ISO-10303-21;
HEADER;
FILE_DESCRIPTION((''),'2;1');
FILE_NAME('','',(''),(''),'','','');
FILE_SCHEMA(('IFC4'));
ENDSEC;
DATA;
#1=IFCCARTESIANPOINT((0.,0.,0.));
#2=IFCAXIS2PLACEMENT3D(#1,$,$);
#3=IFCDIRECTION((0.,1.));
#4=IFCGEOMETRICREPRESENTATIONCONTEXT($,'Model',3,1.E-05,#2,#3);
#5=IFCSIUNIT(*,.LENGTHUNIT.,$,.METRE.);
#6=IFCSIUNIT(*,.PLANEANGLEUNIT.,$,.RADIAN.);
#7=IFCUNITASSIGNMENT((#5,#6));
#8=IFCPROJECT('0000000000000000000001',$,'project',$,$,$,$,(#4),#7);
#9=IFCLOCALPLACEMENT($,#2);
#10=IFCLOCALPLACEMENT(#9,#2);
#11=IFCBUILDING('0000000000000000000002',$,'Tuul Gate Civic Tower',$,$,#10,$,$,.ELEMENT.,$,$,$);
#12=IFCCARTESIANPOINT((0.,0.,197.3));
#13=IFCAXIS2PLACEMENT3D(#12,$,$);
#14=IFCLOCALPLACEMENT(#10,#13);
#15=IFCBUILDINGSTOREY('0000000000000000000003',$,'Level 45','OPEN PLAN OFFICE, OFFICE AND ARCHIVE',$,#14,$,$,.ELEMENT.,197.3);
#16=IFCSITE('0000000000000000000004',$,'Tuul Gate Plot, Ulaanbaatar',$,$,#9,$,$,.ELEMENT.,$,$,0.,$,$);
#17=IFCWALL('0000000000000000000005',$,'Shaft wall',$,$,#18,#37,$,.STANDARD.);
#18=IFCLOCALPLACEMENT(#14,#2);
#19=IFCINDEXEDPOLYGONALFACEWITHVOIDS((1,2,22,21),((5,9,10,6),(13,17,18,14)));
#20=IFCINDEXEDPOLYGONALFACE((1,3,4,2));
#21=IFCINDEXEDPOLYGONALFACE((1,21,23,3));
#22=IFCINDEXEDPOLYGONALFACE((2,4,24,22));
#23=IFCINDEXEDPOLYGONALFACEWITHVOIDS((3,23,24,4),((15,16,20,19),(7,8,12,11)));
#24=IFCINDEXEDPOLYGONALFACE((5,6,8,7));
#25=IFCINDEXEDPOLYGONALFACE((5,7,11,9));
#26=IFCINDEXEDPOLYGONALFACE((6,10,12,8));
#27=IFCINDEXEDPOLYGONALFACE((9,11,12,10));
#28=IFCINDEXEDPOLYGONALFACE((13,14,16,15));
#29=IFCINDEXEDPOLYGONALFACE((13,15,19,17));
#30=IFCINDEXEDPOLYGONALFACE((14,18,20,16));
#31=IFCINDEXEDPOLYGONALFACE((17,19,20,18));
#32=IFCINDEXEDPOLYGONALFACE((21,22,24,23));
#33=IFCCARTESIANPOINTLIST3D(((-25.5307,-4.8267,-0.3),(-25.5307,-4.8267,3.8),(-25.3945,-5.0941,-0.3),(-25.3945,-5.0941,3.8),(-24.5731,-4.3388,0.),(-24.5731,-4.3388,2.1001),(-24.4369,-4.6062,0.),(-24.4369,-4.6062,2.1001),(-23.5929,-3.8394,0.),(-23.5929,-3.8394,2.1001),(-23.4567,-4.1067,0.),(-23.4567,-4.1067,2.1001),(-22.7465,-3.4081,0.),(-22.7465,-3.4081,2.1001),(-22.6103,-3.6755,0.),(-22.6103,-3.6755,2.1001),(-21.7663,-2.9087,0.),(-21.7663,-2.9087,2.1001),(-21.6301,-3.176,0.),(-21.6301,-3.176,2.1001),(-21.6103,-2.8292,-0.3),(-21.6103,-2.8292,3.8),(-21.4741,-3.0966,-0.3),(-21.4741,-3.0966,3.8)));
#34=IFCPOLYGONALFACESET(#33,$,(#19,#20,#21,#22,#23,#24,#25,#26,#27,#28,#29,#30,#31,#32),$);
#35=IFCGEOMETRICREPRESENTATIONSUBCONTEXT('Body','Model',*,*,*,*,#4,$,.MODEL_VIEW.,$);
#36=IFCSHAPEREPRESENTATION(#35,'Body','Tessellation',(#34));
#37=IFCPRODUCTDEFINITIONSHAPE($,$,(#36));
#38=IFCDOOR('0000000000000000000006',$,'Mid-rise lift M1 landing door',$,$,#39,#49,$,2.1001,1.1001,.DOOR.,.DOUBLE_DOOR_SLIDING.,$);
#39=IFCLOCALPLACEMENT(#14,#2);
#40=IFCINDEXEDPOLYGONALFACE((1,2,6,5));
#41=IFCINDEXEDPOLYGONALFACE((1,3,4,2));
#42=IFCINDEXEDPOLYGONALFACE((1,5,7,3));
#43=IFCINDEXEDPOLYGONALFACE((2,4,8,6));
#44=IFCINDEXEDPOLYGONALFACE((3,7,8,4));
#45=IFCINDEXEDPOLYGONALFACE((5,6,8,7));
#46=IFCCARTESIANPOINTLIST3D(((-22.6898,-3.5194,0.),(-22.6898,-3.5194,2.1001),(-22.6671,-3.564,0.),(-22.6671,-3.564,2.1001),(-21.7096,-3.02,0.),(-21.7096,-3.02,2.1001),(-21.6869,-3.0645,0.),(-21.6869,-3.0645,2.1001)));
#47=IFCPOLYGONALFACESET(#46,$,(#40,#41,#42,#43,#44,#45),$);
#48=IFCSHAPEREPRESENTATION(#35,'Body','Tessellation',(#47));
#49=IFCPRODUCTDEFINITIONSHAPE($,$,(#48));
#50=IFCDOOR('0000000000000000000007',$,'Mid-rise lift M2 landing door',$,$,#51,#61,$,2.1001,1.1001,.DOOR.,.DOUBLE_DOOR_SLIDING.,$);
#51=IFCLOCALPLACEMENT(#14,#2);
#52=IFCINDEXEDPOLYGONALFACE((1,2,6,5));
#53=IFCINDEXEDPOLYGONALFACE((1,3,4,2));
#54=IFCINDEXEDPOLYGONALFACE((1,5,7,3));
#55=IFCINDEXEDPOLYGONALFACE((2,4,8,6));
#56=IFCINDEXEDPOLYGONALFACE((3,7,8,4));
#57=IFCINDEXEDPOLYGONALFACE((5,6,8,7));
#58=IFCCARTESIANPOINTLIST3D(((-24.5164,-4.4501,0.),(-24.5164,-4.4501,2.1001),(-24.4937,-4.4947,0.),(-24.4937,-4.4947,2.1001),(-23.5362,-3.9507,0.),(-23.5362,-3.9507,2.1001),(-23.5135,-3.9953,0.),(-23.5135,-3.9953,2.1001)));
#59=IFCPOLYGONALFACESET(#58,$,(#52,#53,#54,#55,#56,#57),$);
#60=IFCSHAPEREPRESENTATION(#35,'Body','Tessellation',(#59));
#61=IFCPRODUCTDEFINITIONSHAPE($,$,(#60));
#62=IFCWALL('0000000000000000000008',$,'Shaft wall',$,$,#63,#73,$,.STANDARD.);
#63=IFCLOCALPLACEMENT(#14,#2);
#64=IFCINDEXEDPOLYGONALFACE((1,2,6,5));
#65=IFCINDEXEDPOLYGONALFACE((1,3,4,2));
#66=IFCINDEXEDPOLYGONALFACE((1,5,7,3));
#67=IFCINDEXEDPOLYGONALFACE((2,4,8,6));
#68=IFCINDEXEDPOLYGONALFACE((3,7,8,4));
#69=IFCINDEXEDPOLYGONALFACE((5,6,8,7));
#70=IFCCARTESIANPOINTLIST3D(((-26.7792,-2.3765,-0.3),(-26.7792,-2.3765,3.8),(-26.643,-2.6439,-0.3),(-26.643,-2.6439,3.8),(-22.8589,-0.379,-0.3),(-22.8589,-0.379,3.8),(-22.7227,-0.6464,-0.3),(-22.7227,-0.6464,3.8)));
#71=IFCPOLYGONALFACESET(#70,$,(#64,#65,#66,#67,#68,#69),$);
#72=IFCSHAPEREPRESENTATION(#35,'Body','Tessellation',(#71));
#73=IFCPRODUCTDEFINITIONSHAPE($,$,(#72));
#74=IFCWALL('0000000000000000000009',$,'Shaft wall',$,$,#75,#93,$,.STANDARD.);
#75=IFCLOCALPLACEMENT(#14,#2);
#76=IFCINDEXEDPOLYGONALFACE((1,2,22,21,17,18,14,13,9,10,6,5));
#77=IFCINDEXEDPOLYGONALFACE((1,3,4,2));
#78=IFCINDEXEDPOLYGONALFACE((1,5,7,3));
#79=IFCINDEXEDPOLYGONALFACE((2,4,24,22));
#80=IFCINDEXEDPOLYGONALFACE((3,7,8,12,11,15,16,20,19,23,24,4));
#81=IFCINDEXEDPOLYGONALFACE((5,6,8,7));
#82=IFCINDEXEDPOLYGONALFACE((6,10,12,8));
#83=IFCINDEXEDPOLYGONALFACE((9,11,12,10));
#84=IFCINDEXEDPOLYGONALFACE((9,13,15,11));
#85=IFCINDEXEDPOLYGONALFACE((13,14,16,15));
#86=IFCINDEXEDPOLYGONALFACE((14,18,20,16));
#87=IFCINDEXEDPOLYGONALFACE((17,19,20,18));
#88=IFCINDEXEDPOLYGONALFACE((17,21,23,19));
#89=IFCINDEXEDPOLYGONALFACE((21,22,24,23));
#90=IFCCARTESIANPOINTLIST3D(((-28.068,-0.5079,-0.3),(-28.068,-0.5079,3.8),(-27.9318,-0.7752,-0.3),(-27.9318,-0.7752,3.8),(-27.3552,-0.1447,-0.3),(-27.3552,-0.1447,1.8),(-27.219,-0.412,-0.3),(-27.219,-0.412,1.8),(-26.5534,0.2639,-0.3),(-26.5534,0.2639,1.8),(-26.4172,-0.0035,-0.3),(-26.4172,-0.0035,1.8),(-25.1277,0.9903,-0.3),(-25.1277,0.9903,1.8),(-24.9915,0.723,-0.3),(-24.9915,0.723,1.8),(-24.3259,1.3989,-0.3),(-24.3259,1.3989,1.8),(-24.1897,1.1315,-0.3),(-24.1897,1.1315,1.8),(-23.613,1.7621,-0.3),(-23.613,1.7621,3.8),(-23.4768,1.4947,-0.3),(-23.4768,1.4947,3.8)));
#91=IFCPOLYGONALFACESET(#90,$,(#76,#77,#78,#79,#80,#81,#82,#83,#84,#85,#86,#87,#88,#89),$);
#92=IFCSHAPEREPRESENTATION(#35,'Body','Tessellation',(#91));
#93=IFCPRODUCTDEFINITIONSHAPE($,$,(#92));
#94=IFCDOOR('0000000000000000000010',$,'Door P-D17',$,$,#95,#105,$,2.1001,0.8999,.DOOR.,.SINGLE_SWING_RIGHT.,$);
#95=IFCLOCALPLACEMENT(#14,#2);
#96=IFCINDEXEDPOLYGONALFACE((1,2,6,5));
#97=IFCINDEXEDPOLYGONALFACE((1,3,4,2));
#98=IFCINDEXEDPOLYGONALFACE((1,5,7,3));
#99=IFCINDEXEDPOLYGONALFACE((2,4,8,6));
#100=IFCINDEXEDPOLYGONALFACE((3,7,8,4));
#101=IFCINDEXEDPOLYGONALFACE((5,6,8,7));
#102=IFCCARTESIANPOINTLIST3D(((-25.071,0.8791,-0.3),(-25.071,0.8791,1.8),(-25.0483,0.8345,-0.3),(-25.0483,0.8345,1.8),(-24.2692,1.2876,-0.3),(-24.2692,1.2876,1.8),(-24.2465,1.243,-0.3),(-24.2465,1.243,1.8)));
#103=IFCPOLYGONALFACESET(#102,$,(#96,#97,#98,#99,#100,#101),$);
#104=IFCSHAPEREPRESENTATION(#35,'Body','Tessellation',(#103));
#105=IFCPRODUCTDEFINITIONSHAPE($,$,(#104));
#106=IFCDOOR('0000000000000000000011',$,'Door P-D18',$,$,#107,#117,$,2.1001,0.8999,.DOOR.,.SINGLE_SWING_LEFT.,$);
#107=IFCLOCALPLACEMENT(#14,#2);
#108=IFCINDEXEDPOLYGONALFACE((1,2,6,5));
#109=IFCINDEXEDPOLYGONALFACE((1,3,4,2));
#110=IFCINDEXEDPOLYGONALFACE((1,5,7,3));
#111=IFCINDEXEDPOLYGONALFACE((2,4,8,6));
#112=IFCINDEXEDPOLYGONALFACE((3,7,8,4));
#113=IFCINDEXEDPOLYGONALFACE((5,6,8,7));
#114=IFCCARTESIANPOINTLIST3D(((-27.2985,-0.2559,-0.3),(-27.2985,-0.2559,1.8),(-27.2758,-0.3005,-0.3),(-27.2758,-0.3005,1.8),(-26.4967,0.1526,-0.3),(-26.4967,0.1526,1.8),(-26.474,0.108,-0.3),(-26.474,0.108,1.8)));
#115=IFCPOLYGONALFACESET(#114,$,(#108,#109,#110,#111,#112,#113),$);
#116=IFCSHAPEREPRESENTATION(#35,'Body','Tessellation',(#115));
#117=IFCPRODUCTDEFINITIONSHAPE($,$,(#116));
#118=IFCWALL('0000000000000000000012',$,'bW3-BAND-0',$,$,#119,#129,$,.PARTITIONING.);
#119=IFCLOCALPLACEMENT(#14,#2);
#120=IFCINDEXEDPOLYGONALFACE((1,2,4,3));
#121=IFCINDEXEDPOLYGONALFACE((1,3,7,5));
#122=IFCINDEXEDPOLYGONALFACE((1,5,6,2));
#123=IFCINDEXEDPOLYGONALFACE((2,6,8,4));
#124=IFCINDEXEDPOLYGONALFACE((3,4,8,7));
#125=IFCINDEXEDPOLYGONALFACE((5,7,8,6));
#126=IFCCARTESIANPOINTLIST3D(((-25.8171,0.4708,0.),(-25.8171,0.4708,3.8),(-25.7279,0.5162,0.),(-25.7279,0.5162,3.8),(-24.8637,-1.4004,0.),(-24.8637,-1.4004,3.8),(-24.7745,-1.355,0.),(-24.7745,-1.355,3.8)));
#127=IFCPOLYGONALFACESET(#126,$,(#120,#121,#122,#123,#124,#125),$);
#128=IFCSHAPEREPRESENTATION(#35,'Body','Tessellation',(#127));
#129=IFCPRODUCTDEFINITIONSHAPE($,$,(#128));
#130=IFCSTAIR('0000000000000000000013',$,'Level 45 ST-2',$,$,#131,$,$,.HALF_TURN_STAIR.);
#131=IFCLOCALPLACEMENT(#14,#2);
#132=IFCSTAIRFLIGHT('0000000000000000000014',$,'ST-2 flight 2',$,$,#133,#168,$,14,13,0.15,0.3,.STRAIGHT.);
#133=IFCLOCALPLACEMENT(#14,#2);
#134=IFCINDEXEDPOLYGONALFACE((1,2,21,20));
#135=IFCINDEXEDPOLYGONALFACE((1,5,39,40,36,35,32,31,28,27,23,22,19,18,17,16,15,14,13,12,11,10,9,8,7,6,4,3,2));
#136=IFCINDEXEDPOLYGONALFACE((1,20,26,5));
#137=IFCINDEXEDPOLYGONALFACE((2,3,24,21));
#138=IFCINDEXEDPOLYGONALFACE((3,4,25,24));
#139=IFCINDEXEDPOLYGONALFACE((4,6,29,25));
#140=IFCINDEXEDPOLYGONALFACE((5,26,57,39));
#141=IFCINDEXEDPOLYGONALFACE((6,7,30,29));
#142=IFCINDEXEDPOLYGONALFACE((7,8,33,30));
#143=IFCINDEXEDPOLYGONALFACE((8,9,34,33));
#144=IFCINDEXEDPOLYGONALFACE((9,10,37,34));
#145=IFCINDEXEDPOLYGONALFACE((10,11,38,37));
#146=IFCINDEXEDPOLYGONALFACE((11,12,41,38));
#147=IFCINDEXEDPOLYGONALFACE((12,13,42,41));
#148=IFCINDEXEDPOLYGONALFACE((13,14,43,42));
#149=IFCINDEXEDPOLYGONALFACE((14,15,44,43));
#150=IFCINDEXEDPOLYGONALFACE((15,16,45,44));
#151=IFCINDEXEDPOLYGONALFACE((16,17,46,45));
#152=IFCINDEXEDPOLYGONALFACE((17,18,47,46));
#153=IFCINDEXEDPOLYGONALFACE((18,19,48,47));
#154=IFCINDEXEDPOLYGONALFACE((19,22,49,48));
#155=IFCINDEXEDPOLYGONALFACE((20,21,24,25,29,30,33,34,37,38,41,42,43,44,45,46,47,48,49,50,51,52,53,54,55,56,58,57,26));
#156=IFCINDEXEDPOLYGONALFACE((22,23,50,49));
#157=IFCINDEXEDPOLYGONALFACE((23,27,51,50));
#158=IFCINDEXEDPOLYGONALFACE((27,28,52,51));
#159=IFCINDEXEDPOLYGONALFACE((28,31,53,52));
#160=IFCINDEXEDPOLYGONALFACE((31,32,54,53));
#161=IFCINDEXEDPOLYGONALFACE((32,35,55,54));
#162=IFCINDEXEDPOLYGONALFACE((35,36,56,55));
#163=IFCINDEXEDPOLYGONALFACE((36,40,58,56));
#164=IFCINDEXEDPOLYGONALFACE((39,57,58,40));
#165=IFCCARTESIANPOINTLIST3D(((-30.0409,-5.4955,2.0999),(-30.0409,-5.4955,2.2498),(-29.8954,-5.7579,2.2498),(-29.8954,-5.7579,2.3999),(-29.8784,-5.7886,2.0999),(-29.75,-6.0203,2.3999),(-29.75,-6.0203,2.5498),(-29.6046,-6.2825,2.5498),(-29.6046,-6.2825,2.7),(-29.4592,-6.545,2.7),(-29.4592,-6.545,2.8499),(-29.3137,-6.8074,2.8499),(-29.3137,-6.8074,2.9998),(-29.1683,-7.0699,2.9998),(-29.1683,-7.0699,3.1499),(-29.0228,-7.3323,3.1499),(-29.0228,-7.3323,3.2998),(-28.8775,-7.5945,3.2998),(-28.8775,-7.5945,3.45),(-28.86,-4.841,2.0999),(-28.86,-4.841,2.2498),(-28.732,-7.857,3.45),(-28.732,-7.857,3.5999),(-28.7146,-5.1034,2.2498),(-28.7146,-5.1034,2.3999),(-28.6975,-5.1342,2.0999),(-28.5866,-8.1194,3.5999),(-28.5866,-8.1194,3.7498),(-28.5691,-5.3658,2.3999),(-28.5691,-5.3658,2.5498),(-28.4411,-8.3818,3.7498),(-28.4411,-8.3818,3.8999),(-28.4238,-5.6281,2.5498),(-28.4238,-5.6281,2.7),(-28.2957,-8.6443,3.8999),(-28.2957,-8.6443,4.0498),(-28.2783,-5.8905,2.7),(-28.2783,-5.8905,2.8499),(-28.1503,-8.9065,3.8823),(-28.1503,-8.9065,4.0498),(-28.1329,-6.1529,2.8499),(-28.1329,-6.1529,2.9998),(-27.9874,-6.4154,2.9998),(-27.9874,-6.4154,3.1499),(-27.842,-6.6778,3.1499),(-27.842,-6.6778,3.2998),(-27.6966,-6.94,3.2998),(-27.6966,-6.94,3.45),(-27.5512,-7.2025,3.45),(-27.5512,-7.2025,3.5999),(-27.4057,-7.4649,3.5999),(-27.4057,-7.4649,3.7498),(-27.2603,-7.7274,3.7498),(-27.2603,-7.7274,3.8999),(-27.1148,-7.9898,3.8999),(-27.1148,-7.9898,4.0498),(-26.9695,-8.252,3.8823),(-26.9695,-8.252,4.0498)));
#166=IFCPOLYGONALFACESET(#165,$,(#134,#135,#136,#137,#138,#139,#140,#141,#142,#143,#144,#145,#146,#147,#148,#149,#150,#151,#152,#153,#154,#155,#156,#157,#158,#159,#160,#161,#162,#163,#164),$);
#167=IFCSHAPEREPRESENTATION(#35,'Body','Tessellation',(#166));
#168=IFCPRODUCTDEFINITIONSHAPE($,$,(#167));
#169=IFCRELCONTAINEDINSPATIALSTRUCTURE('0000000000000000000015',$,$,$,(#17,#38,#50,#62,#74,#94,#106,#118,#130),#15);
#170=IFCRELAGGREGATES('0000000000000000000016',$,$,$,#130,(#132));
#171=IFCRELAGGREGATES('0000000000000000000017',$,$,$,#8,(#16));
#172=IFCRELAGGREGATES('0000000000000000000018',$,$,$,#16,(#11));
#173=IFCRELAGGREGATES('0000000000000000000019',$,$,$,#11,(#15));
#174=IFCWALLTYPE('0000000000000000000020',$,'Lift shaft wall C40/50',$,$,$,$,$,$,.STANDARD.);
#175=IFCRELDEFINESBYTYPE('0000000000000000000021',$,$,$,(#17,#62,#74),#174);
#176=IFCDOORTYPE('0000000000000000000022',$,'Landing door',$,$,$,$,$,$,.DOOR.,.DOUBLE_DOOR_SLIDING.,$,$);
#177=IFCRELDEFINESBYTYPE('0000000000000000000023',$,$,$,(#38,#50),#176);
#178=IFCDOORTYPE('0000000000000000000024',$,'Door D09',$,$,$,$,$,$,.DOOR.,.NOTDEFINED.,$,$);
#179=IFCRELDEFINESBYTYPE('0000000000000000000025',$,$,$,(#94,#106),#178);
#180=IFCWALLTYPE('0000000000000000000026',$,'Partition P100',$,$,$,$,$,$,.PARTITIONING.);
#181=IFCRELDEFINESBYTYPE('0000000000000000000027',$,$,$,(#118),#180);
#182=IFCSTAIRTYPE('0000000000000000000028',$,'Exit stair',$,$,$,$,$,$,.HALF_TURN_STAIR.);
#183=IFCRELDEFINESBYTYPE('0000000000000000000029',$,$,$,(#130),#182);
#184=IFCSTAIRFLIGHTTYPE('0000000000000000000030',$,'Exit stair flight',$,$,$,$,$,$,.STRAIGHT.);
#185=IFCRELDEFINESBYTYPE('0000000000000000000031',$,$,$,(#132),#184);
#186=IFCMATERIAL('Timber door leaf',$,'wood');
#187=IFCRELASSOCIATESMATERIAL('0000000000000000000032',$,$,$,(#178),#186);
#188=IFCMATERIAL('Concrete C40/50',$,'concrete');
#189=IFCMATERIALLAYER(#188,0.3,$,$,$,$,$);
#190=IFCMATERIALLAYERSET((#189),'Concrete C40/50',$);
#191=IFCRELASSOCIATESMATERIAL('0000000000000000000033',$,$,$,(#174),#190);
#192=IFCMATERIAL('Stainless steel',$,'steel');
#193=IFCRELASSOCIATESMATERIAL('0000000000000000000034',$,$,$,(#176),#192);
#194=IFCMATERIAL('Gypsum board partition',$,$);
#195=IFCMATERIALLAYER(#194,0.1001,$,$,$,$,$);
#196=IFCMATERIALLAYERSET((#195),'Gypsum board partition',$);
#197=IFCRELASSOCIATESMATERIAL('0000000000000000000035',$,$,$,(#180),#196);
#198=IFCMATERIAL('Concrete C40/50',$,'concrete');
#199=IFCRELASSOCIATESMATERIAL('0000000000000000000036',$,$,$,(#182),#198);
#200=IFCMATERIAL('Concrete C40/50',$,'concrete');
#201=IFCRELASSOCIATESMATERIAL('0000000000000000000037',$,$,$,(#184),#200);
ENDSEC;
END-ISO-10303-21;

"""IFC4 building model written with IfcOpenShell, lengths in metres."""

from ifc_helpers import new_model, si_unit, direction, frame, frame_2d, origin, place, context, subcontext, project, spatial, polyline, rectangle, outline, extrude, material, layer, layer_set, type_object, element, fill, aggregate, save


model = new_model("IFC4")

# Units and contexts
model_context = context("Model", 3, precision=1e-05, world=origin(), true_north=direction((0.0, 1.0)))
body_context = subcontext(model_context, "Body", "Model", "MODEL_VIEW")
ifc_project = project(units=[si_unit("LENGTHUNIT", "METRE"), si_unit("PLANEANGLEUNIT", "RADIAN")], contexts=[model_context])

# Site, building, storey
site_placement = place(None, origin())
site = spatial("IfcSite", under=ifc_project, at=site_placement, Name="Tuul Gate Plot, Ulaanbaatar", CompositionType="ELEMENT", RefElevation=0.0)
building_placement = place(site_placement, origin())
building = spatial("IfcBuilding", under=site, at=building_placement, Name="Tuul Gate Civic Tower", CompositionType="ELEMENT")
storey_placement = place(building_placement, frame((0.0, 0.0, 197.3)))
storey = spatial("IfcBuildingStorey", under=building, at=storey_placement, Name="Level 45", Description="OPEN PLAN OFFICE, OFFICE AND ARCHIVE", CompositionType="ELEMENT", Elevation=197.3)

# Shared definitions
ifc_material_1 = material(Name="Timber door leaf", Category="wood")
door_type_1 = type_object("IfcDoorType", Name="Door D09", OperationType="NOTDEFINED", PredefinedType="DOOR", material=ifc_material_1)

# Wall, openings, doors
ifc_material_2 = material(Name="Concrete C40/50", Category="concrete")
ifc_layer_1 = layer(ifc_material_2, 0.3)
ifc_layer_set_1 = layer_set([ifc_layer_1], Name="Concrete C40/50")
wall_type_1 = type_object("IfcWallType", Name="Lift shaft wall C40/50", PredefinedType="STANDARD", material=ifc_layer_set_1)
wall_1_placement = place(storey_placement, frame((-21.5422, -2.9629, -0.3), z_axis=(0.0, 0.0, 1.0), x_axis=(-0.891006, -0.453992, 0.0)))
wall_1 = element("IfcWall", 1, at=wall_1_placement, inside=storey, type_object=wall_type_1, Name="Shaft wall", PredefinedType="STANDARD", context=body_context, shape_type="SweptSolid", body=[
    extrude(rectangle(XDim=4.3999, YDim=0.3, at=frame_2d((2.2, 0.0))), origin(), (0.0, 0.0, 1.0), 4.1001),
])
opening_1_placement = place(wall_1_placement, frame((0.175, 0.0, 0.3)))
opening_1 = element("IfcOpeningElement", 2, at=opening_1_placement, cuts=wall_1, PredefinedType="OPENING", context=body_context, shape_type="SweptSolid", body=[
    extrude(rectangle(XDim=1.1001, YDim=2.1001, at=frame_2d((0.55, 1.05))), frame((0.0, 0.1602, 0.0), z_axis=(0.0, -1.0, 0.0), x_axis=(1.0, 0.0, 0.0)), (0.0, 0.0, 1.0), 0.3201),
])
opening_2_placement = place(wall_1_placement, frame((2.2251, 0.0, 0.3)))
opening_2 = element("IfcOpeningElement", 3, at=opening_2_placement, cuts=wall_1, PredefinedType="OPENING", context=body_context, shape_type="SweptSolid", body=[
    extrude(rectangle(XDim=1.1001, YDim=2.1001, at=frame_2d((0.55, 1.05))), frame((0.0, 0.1602, 0.0), z_axis=(0.0, -1.0, 0.0), x_axis=(1.0, 0.0, 0.0)), (0.0, 0.0, 1.0), 0.3201),
])
ifc_material_3 = material(Name="Stainless steel", Category="steel")
door_type_2 = type_object("IfcDoorType", Name="Landing door", OperationType="DOUBLE_DOOR_SLIDING", PredefinedType="DOOR", material=ifc_material_3)
door_1_placement = place(opening_1_placement, origin())
door_1 = element("IfcDoor", 4, at=door_1_placement, inside=storey, type_object=door_type_2, Name="Mid-rise lift M1 landing door", OperationType="DOUBLE_DOOR_SLIDING", OverallHeight=2.1001, OverallWidth=1.1001, PredefinedType="DOOR", context=body_context, shape_type="SweptSolid", body=[
    extrude(rectangle(XDim=1.1001, YDim=2.1001, at=frame_2d((0.55, 1.05))), frame((0.0, 0.0249, 0.0), z_axis=(0.0, -1.0, 0.0), x_axis=(1.0, 0.0, 0.0)), (0.0, 0.0, 1.0), 0.05),
])
fill(opening_1, door_1)
door_2_placement = place(opening_2_placement, origin())
door_2 = element("IfcDoor", 5, at=door_2_placement, inside=storey, type_object=door_type_2, Name="Mid-rise lift M2 landing door", OperationType="DOUBLE_DOOR_SLIDING", OverallHeight=2.1001, OverallWidth=1.1001, PredefinedType="DOOR", context=body_context, shape_type="SweptSolid", body=[
    extrude(rectangle(XDim=1.1001, YDim=2.1001, at=frame_2d((0.55, 1.05))), frame((0.0, 0.0249, 0.0), z_axis=(0.0, -1.0, 0.0), x_axis=(1.0, 0.0, 0.0)), (0.0, 0.0, 1.0), 0.05),
])
fill(opening_2, door_2)

# Wall
wall_2_placement = place(storey_placement, frame((-22.7908, -0.5127, -0.3), z_axis=(0.0, 0.0, 1.0), x_axis=(-0.891006, -0.453992, 0.0)))
element("IfcWall", 6, at=wall_2_placement, inside=storey, type_object=wall_type_1, Name="Shaft wall", PredefinedType="STANDARD", context=body_context, shape_type="SweptSolid", body=[
    extrude(rectangle(XDim=4.3999, YDim=0.3, at=frame_2d((2.2, 0.0))), origin(), (0.0, 0.0, 1.0), 4.1001),
])

# Wall, openings, doors
wall_3_placement = place(storey_placement, frame((-23.5449, 1.6284, -0.3), z_axis=(0.0, 0.0, 1.0), x_axis=(-0.891003, -0.453997, 0.0)))
wall_3 = element("IfcWall", 7, at=wall_3_placement, inside=storey, type_object=wall_type_1, Name="Shaft wall", PredefinedType="STANDARD", context=body_context, shape_type="SweptSolid", body=[
    extrude(rectangle(XDim=5.0, YDim=0.3, at=frame_2d((2.5, 0.0))), origin(), (0.0, 0.0, 1.0), 4.1001),
])
opening_3_placement = place(wall_3_placement, frame((0.8, 0.0, 0.0)))
opening_3 = element("IfcOpeningElement", 8, at=opening_3_placement, cuts=wall_3, PredefinedType="OPENING", context=body_context, shape_type="SweptSolid", body=[
    extrude(rectangle(XDim=0.8999, YDim=2.1001, at=frame_2d((0.45, 1.05))), frame((0.0, 0.1602, 0.0), z_axis=(0.0, -1.0, 0.0), x_axis=(1.0, 0.0, 0.0)), (0.0, 0.0, 1.0), 0.3201),
])
opening_4_placement = place(wall_3_placement, frame((3.3, 0.0, 0.0)))
opening_4 = element("IfcOpeningElement", 9, at=opening_4_placement, cuts=wall_3, PredefinedType="OPENING", context=body_context, shape_type="SweptSolid", body=[
    extrude(rectangle(XDim=0.8999, YDim=2.1001, at=frame_2d((0.45, 1.05))), frame((0.0, 0.1602, 0.0), z_axis=(0.0, -1.0, 0.0), x_axis=(1.0, 0.0, 0.0)), (0.0, 0.0, 1.0), 0.3201),
])
door_3_placement = place(opening_3_placement, origin())
door_3 = element("IfcDoor", 10, at=door_3_placement, inside=storey, type_object=door_type_1, Name="Door P-D17", OperationType="SINGLE_SWING_RIGHT", OverallHeight=2.1001, OverallWidth=0.8999, PredefinedType="DOOR", context=body_context, shape_type="SweptSolid", body=[
    extrude(rectangle(XDim=0.8999, YDim=2.1001, at=frame_2d((0.45, 1.05))), frame((0.0, 0.0249, 0.0), z_axis=(0.0, -1.0, 0.0), x_axis=(1.0, 0.0, 0.0)), (0.0, 0.0, 1.0), 0.05),
])
fill(opening_3, door_3)
door_4_placement = place(opening_4_placement, origin())
door_4 = element("IfcDoor", 11, at=door_4_placement, inside=storey, type_object=door_type_1, Name="Door P-D18", OperationType="SINGLE_SWING_LEFT", OverallHeight=2.1001, OverallWidth=0.8999, PredefinedType="DOOR", context=body_context, shape_type="SweptSolid", body=[
    extrude(rectangle(XDim=0.8999, YDim=2.1001, at=frame_2d((0.45, 1.05))), frame((0.0, 0.0249, 0.0), z_axis=(0.0, -1.0, 0.0), x_axis=(1.0, 0.0, 0.0)), (0.0, 0.0, 1.0), 0.05),
])
fill(opening_4, door_4)

# Wall
ifc_material_4 = material(Name="Gypsum board partition")
ifc_layer_2 = layer(ifc_material_4, 0.1001)
ifc_layer_set_2 = layer_set([ifc_layer_2], Name="Gypsum board partition")
wall_type_2 = type_object("IfcWallType", Name="Partition P100", PredefinedType="PARTITIONING", material=ifc_layer_set_2)
wall_4_placement = place(storey_placement, frame((-24.8191, -1.3777, 0.0), z_axis=(0.0, 0.0, 1.0), x_axis=(-0.45399, 0.891007, 0.0)))
element("IfcWall", 12, at=wall_4_placement, inside=storey, type_object=wall_type_2, Name="bW3-BAND-0", PredefinedType="PARTITIONING", context=body_context, shape_type="SweptSolid", body=[
    extrude(rectangle(XDim=2.1001, YDim=0.1001, at=frame_2d((1.05, 0.0))), origin(), (0.0, 0.0, 1.0), 3.8),
])

# Stair, stair flight
ifc_material_5 = material(Name="Concrete C40/50", Category="concrete")
stair_type = type_object("IfcStairType", Name="Exit stair", PredefinedType="HALF_TURN_STAIR", material=ifc_material_5)
stair_placement = place(storey_placement, origin())
stair = element("IfcStair", 13, at=stair_placement, inside=storey, type_object=stair_type, Name="Level 45 ST-2", PredefinedType="HALF_TURN_STAIR")
ifc_material_6 = material(Name="Concrete C40/50", Category="concrete")
stair_flight_type = type_object("IfcStairFlightType", Name="Exit stair flight", PredefinedType="STRAIGHT", material=ifc_material_6)
stair_flight_placement = place(storey_placement, frame((-29.4504, -5.1682, 2.0999), z_axis=(0.0, 0.0, 1.0), x_axis=(0.484762, -0.874646, 0.0)))
stair_flight = element("IfcStairFlight", 14, at=stair_flight_placement, type_object=stair_flight_type, Name="ST-2 flight 2", NumberOfRisers=14, NumberOfTreads=13, PredefinedType="STRAIGHT", RiserHeight=0.15, TreadLength=0.3, context=body_context, shape_type="SweptSolid", body=[
    extrude(outline(polyline([(0.0, 0.0), (0.0, 0.1499), (0.3, 0.1499), (0.3, 0.3), (0.6001, 0.3), (0.6001, 0.45), (0.8999, 0.45), (0.8999, 0.6001), (1.2, 0.6001), (1.2, 0.75), (1.5, 0.75), (1.5, 0.8999), (1.8, 0.8999), (1.8, 1.05), (2.1001, 1.05), (2.1001, 1.2), (2.3999, 1.2), (2.3999, 1.3501), (2.7, 1.3501), (2.7, 1.5), (3.0, 1.5), (3.0, 1.6499), (3.3, 1.6499), (3.3, 1.8), (3.6001, 1.8), (3.6001, 1.95), (3.8999, 1.95), (3.8999, 2.1001), (3.8999, 1.7825), (0.3352, 0.0), (0.0, 0.0)])), frame((0.0, 0.675, 0.0), z_axis=(0.0, -1.0, 0.0), x_axis=(1.0, 0.0, 0.0)), (0.0, 0.0, 1.0), 1.3501),
])
aggregate(stair, [stair_flight])

save(model, "model.ifc")
